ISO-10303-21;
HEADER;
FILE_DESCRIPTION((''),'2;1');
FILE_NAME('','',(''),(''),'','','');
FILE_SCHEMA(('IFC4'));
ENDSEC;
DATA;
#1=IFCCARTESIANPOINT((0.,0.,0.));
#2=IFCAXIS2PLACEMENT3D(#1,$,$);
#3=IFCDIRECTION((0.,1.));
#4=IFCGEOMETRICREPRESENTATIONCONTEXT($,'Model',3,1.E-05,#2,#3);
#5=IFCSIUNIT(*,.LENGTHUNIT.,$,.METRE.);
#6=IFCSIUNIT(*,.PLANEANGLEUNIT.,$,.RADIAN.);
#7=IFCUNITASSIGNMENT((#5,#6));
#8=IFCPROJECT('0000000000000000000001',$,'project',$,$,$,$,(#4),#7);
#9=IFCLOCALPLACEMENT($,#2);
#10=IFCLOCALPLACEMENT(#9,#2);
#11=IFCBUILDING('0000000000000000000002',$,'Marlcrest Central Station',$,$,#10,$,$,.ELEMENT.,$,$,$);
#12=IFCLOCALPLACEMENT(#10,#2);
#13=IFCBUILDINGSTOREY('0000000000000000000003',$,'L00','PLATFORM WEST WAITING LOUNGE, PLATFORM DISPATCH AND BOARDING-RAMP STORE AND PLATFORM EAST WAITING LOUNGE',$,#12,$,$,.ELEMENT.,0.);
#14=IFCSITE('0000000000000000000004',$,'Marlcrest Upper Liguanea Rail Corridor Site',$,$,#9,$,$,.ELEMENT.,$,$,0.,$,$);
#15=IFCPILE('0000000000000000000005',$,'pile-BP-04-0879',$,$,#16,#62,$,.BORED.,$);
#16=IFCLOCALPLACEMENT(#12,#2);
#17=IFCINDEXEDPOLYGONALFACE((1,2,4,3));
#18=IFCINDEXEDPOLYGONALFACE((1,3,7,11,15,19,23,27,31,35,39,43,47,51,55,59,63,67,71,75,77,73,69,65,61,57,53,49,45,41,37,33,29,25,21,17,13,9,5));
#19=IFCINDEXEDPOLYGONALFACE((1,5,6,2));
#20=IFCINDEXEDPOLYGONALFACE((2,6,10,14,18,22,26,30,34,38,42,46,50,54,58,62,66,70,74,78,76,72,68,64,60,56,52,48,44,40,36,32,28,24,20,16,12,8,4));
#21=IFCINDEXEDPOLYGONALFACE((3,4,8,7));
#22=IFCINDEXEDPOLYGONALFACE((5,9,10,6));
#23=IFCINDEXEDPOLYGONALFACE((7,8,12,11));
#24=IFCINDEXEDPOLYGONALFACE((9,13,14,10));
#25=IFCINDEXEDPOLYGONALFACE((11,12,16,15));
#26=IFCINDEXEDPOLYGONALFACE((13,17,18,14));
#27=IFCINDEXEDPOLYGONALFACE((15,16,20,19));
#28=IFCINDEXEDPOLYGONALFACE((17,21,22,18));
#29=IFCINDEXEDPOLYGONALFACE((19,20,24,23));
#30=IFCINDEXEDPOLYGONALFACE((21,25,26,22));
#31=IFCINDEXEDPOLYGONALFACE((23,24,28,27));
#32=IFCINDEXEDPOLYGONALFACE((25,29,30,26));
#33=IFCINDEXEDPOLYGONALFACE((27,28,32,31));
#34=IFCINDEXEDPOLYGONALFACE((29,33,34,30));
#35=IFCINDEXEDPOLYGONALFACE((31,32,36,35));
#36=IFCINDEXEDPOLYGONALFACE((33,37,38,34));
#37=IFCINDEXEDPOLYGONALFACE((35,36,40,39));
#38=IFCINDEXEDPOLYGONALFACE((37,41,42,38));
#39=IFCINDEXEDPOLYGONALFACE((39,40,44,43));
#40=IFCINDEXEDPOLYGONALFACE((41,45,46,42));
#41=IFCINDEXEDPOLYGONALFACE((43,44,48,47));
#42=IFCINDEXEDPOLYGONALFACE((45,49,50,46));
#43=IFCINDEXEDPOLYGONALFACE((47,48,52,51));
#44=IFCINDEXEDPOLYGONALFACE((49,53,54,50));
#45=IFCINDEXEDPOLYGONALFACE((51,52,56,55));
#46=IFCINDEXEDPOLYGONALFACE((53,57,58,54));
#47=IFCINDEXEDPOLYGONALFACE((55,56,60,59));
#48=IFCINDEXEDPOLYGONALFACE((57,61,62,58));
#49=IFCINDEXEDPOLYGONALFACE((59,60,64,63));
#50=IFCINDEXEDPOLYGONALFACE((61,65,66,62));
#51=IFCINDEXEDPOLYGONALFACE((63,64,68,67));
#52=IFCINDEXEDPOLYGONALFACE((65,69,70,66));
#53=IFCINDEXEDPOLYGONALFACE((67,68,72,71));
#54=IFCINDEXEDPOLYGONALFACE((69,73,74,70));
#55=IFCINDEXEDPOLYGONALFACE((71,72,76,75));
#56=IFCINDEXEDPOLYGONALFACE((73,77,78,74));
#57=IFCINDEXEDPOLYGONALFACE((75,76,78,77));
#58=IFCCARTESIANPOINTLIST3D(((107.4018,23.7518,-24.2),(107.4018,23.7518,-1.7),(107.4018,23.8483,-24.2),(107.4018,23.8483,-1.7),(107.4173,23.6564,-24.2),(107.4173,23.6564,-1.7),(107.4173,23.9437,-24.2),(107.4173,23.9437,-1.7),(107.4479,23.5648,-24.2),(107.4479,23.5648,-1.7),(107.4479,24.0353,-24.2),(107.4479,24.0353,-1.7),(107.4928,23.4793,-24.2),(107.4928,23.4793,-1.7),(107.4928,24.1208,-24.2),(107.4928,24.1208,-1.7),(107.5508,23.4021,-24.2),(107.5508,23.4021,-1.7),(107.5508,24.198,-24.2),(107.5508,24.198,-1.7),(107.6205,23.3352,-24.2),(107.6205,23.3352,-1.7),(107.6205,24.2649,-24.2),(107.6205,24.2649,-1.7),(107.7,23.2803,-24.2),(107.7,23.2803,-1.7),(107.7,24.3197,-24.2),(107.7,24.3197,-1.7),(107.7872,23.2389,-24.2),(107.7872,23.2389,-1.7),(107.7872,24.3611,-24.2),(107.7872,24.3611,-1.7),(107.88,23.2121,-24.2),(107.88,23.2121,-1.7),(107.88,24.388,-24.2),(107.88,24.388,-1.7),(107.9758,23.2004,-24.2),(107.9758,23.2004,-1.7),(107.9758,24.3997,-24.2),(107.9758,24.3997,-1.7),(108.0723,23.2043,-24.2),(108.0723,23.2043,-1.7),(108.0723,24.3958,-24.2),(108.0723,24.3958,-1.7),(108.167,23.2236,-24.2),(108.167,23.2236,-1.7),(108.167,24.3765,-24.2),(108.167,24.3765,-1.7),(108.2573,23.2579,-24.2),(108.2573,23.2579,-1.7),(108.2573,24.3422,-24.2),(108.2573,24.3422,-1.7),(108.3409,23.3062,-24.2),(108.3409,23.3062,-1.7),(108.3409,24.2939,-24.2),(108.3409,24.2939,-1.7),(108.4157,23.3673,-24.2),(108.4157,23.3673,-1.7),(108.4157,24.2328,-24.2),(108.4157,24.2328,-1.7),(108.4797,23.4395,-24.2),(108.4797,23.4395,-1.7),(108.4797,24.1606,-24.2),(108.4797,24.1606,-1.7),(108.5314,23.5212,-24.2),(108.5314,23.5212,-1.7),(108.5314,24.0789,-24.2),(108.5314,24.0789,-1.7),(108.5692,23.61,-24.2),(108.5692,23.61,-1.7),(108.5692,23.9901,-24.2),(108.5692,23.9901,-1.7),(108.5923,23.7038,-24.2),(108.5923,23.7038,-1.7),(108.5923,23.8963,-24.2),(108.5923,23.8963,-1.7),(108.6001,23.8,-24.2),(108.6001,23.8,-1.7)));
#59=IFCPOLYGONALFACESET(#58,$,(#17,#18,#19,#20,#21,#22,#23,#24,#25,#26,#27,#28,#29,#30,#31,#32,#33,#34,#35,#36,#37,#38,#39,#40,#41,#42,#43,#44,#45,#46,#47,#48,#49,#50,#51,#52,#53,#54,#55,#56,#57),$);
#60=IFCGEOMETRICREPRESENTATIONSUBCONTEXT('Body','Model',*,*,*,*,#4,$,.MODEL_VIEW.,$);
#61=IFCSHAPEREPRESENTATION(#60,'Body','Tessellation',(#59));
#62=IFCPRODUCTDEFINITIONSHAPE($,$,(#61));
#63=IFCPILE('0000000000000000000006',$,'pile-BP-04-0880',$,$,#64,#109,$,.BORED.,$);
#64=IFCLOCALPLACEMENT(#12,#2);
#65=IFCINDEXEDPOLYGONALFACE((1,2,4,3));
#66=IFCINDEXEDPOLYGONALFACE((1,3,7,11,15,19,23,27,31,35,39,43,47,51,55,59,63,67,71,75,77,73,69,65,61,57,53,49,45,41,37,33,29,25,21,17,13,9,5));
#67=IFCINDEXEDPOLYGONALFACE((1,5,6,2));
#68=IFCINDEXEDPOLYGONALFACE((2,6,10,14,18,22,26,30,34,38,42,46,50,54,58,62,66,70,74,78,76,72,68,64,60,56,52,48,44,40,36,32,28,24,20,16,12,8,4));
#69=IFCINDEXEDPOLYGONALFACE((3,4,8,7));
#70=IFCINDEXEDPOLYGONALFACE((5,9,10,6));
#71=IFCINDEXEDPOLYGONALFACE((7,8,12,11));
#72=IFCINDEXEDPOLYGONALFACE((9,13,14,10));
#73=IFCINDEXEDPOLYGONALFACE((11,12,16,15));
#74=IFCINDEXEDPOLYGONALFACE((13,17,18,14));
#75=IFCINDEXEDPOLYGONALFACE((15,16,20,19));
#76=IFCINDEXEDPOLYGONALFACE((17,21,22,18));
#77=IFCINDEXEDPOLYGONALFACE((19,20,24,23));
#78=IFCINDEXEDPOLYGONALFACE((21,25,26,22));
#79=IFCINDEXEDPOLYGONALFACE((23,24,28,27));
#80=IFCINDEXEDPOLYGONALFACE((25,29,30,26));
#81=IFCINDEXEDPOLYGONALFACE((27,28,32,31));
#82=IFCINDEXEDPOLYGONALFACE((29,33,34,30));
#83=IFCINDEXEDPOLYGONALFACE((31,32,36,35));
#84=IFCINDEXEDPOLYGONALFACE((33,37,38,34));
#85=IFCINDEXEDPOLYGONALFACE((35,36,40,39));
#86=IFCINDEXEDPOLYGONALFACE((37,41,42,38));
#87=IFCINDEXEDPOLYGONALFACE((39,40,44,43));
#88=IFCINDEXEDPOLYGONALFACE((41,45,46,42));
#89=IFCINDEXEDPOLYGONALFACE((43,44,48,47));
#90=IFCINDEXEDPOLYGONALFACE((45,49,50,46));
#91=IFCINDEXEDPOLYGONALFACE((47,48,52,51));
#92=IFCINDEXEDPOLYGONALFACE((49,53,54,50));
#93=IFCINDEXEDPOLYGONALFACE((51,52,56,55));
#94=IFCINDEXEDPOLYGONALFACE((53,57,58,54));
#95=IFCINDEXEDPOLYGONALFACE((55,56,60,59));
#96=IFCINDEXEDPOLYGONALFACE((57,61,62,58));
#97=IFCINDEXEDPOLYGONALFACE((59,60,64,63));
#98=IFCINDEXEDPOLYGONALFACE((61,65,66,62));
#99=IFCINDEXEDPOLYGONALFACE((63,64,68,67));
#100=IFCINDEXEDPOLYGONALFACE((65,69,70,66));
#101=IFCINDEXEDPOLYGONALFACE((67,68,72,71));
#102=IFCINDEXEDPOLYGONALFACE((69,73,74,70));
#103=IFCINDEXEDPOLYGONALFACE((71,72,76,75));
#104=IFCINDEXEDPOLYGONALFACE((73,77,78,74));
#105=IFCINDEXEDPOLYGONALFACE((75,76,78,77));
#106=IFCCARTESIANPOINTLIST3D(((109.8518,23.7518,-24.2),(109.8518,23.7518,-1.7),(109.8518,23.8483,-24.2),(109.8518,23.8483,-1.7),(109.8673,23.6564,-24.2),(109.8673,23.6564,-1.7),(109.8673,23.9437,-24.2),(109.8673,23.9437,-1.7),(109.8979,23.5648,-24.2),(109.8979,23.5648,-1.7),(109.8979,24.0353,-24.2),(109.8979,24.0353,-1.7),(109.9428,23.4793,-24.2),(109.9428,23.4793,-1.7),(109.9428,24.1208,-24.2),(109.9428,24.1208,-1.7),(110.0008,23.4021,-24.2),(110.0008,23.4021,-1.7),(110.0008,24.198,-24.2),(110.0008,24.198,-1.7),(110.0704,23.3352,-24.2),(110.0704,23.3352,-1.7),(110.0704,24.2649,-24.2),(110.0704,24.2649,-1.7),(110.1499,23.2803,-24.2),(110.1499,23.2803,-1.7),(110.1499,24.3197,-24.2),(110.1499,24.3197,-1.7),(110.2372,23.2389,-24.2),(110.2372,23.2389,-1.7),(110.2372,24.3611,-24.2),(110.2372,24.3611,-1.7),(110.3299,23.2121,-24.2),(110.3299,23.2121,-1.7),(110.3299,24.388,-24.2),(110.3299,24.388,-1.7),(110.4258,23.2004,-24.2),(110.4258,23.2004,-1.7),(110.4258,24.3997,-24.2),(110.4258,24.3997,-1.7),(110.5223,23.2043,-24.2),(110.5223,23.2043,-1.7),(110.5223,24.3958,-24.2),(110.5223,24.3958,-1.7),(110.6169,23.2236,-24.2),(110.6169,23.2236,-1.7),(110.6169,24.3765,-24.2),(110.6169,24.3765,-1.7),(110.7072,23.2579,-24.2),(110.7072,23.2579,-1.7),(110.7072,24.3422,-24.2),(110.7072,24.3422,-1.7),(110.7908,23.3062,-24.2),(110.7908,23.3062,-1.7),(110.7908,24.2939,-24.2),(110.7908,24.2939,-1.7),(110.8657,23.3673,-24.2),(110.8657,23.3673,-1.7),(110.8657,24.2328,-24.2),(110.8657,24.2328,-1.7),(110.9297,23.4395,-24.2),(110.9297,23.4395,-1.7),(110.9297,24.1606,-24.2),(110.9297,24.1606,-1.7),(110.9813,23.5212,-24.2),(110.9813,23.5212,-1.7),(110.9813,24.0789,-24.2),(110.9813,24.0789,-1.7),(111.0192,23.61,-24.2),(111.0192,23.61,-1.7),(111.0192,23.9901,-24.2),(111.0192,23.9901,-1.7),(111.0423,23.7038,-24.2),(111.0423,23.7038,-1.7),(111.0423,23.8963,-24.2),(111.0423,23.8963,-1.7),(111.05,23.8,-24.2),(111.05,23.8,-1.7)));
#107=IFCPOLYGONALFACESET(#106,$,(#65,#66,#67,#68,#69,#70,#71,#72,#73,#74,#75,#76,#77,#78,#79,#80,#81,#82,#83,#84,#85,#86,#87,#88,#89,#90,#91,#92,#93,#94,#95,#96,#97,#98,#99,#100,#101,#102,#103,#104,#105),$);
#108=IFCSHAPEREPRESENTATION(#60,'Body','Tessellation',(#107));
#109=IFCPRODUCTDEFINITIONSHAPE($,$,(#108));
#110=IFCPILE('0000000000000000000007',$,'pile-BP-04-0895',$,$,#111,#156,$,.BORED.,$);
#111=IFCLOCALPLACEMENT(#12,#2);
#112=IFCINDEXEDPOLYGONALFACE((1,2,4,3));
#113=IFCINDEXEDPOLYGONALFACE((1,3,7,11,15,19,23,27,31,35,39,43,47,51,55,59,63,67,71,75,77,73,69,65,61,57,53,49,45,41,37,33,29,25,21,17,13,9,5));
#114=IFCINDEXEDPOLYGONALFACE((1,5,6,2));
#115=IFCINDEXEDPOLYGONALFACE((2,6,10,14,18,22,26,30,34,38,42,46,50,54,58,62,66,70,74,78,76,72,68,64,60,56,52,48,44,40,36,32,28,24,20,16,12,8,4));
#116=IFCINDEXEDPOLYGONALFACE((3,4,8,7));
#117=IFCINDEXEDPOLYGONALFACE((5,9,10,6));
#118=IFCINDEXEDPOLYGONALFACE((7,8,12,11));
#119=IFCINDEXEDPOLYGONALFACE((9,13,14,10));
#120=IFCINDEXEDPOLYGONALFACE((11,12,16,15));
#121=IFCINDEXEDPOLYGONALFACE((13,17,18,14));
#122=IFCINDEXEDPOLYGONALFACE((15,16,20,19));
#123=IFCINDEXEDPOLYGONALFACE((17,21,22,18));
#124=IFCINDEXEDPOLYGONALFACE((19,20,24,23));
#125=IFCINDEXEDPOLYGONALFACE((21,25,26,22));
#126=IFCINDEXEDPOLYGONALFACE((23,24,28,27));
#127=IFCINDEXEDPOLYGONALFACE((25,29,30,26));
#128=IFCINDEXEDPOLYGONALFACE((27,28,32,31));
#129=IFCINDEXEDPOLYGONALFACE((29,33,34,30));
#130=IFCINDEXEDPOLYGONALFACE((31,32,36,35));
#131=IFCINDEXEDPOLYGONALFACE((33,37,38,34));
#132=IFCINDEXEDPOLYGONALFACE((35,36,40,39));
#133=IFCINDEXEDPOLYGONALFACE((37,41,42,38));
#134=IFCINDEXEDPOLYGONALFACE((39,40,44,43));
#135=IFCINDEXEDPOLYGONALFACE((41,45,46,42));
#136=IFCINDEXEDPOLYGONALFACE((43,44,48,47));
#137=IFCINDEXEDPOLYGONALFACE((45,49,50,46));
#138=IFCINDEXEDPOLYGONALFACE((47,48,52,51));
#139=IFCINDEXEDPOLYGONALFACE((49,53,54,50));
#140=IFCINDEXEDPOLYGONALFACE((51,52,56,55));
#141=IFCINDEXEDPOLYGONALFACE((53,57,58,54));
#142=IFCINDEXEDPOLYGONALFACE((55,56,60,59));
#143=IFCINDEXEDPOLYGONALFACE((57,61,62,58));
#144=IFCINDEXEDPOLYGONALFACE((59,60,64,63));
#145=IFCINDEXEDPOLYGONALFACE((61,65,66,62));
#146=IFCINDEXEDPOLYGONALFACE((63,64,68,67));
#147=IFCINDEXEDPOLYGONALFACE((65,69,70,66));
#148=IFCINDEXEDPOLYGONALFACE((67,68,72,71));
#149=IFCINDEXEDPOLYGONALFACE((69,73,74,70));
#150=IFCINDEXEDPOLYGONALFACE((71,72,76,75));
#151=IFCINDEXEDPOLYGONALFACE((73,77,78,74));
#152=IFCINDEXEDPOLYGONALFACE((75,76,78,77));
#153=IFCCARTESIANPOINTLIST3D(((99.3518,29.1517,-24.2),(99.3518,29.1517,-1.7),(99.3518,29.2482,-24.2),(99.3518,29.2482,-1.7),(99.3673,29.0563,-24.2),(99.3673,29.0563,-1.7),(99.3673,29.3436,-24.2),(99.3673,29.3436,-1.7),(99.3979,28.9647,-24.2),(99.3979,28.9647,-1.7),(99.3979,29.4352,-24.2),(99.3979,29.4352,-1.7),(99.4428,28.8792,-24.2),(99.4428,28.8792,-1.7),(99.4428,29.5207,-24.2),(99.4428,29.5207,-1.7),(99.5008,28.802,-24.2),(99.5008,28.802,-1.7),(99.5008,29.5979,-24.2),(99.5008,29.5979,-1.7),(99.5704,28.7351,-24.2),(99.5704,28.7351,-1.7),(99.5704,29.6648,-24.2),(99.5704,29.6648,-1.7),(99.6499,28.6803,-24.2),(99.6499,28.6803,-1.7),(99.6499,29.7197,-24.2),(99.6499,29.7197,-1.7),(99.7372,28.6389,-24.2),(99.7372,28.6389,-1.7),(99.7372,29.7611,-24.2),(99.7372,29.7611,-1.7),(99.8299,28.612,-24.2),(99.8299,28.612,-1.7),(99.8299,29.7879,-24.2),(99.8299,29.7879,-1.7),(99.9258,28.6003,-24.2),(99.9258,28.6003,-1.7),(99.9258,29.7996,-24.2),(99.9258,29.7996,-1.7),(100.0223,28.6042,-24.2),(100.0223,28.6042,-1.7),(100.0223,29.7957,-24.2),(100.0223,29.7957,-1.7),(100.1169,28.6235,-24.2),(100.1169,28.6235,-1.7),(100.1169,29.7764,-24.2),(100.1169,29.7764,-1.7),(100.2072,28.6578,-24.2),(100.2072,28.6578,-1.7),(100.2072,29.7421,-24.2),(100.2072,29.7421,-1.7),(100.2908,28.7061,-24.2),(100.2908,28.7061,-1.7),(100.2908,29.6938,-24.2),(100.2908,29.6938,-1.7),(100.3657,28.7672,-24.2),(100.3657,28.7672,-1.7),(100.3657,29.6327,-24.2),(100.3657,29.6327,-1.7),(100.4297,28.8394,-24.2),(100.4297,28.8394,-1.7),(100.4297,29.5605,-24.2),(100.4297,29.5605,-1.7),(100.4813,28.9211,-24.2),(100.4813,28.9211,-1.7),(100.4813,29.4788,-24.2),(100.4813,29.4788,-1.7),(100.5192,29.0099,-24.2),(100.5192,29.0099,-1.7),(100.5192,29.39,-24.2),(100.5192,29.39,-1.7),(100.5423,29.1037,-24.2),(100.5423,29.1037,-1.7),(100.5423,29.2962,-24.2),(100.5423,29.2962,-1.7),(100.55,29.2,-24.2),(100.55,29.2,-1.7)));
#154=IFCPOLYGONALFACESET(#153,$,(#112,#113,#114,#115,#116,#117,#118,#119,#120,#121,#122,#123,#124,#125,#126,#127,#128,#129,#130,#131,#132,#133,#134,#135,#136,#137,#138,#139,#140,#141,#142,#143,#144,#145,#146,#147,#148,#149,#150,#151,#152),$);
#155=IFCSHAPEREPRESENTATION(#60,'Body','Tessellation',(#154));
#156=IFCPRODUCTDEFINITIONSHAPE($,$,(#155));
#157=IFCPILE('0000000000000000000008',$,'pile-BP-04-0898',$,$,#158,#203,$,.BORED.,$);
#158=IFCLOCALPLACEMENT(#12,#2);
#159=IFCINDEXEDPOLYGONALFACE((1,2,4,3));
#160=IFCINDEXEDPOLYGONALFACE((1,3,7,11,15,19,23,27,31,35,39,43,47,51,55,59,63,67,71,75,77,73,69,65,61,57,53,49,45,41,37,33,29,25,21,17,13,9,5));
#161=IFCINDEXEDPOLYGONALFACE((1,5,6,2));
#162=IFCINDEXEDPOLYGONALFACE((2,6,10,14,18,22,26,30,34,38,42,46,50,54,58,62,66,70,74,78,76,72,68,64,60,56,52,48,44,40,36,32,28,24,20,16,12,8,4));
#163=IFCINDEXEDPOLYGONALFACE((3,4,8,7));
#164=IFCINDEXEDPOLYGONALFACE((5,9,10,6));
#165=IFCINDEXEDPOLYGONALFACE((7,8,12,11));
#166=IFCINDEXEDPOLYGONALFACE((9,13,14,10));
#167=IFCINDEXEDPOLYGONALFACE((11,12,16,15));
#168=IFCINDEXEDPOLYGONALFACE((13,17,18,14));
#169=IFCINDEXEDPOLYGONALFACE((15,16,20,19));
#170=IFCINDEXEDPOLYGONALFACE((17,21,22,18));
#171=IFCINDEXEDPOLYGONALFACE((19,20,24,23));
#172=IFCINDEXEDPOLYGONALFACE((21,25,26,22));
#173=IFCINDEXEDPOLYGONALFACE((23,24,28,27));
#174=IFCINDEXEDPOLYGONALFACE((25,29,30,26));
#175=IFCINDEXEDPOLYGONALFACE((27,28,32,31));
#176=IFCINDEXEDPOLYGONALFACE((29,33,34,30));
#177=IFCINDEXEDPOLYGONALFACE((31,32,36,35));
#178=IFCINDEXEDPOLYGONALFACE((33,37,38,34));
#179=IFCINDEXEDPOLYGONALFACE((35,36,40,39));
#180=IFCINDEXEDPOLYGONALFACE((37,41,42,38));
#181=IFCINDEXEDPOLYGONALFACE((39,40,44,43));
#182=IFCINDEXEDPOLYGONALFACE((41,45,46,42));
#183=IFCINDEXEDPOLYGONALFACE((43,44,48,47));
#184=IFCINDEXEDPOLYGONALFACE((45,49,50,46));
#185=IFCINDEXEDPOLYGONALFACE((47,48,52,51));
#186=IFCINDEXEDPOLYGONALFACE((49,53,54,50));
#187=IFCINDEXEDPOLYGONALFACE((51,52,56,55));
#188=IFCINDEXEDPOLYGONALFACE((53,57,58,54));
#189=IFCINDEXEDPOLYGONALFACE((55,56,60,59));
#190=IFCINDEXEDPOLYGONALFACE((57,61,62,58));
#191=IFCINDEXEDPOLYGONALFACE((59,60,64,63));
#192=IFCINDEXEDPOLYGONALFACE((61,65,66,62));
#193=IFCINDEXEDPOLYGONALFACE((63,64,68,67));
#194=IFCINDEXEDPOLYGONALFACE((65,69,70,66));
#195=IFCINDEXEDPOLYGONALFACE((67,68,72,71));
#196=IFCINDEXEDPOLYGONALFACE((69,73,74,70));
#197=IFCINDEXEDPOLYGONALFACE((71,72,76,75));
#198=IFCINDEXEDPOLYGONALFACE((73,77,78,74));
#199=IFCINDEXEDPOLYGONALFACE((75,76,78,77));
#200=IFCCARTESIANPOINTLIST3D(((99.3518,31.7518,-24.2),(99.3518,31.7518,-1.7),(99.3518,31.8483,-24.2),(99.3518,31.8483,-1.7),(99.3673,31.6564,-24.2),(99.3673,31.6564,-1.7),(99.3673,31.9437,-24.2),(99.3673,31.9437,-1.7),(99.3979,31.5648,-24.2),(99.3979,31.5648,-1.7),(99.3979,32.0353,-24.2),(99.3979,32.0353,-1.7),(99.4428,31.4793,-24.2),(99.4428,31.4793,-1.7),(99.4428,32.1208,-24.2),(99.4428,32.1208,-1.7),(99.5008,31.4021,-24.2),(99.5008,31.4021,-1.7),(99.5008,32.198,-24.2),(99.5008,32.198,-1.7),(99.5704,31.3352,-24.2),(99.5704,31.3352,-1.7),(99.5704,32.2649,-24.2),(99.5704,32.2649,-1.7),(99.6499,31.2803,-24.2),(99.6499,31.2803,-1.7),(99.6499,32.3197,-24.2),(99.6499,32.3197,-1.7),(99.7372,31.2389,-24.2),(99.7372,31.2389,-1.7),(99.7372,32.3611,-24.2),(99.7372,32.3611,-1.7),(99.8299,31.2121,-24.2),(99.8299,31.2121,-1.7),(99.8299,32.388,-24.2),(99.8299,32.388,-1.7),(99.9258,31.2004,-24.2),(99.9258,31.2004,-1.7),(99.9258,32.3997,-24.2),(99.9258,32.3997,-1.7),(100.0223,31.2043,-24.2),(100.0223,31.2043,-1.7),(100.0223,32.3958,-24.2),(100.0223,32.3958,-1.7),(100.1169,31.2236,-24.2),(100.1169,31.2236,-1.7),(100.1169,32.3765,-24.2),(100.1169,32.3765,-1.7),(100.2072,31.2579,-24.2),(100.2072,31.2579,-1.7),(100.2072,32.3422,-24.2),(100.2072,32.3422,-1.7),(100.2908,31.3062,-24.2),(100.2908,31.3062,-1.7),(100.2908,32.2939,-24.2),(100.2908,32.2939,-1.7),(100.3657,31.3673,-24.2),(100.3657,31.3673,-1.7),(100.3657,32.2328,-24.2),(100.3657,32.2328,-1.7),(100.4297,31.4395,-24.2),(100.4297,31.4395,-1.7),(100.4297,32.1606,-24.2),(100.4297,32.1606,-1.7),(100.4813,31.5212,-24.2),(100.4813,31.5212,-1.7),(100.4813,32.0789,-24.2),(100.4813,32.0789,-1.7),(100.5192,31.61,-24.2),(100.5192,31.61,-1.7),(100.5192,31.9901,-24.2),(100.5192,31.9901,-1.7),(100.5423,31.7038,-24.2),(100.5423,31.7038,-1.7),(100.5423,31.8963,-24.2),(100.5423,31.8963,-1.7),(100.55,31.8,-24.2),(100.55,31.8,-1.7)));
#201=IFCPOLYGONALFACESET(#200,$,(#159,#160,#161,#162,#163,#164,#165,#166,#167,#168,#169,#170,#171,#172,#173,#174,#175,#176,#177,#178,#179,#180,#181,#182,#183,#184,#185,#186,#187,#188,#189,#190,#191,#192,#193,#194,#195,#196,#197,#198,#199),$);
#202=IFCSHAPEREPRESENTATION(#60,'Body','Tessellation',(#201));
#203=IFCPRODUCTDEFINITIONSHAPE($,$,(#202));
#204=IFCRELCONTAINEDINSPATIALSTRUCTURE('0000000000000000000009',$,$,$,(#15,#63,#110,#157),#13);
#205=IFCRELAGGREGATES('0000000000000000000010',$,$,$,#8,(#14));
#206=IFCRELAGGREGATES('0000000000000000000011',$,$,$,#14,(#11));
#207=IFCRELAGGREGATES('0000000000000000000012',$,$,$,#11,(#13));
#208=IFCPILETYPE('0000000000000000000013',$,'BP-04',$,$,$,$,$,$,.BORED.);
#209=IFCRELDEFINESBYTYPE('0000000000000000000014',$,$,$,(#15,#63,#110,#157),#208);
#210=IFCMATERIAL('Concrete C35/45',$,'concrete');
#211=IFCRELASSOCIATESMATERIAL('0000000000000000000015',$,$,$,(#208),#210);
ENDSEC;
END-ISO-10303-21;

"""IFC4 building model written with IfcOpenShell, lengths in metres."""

from ifc_helpers import new_model, si_unit, direction, frame, origin, origin_2d, place, context, subcontext, project, spatial, circle, extrude, material, material_profile, profile_set, type_object, element, save


model = new_model("IFC4")

# Units and contexts
model_context = context("Model", 3, precision=1e-05, world=origin(), true_north=direction((0.0, 1.0)))
body_context = subcontext(model_context, "Body", "Model", "MODEL_VIEW")
ifc_project = project(units=[si_unit("LENGTHUNIT", "METRE"), si_unit("PLANEANGLEUNIT", "RADIAN")], contexts=[model_context])

# Site, building, storey
site_placement = place(None, origin())
site = spatial("IfcSite", under=ifc_project, at=site_placement, Name="Marlcrest Upper Liguanea Rail Corridor Site", CompositionType="ELEMENT", RefElevation=0.0)
building_placement = place(site_placement, origin())
building = spatial("IfcBuilding", under=site, at=building_placement, Name="Marlcrest Central Station", CompositionType="ELEMENT")
storey_placement = place(building_placement, origin())
storey = spatial("IfcBuildingStorey", under=building, at=storey_placement, Name="L00", Description="PLATFORM WEST WAITING LOUNGE, PLATFORM DISPATCH AND BOARDING-RAMP STORE AND PLATFORM EAST WAITING LOUNGE", CompositionType="ELEMENT", Elevation=0.0)

# Piles
ifc_material_1 = material(Name="Concrete C35/45", Category="concrete")
ifc_material_profile_1 = material_profile(ifc_material_1, circle(Radius=0.6001, at=origin_2d()), Name="PILE D1200")
ifc_profile_set_1 = profile_set([ifc_material_profile_1], Name="Concrete C35/45")
pile_type_1 = type_object("IfcPileType", Name="BP-04", PredefinedType="BORED", material=ifc_profile_set_1)
for number, where, z_axis, x_axis, name in (
    (1, (108.0, 23.8, -1.7), (0.0, 0.0, -1.0), (1.0, 0.0, 0.0), "pile-BP-04-0879"),
    (2, (110.45, 23.8, -1.7), (0.0, 0.0, -1.0), (1.0, 0.0, 0.0), "pile-BP-04-0880"),
    (3, (99.95, 29.2, -1.7), (0.0, 0.0, -1.0), (1.0, 0.0, 0.0), "pile-BP-04-0895"),
    (4, (99.95, 31.8, -1.7), (0.0, 0.0, -1.0), (1.0, 0.0, 0.0), "pile-BP-04-0898"),
):
    element("IfcPile", number, at=place(storey_placement, frame(where, z_axis=z_axis, x_axis=x_axis)), inside=storey, type_object=pile_type_1, Name=name, PredefinedType="BORED", context=body_context, shape_type="SweptSolid", body=[
        extrude(circle(Radius=0.6001, at=origin_2d()), origin(), (0.0, 0.0, 1.0), 22.5),
    ])

save(model, "model.ifc")
